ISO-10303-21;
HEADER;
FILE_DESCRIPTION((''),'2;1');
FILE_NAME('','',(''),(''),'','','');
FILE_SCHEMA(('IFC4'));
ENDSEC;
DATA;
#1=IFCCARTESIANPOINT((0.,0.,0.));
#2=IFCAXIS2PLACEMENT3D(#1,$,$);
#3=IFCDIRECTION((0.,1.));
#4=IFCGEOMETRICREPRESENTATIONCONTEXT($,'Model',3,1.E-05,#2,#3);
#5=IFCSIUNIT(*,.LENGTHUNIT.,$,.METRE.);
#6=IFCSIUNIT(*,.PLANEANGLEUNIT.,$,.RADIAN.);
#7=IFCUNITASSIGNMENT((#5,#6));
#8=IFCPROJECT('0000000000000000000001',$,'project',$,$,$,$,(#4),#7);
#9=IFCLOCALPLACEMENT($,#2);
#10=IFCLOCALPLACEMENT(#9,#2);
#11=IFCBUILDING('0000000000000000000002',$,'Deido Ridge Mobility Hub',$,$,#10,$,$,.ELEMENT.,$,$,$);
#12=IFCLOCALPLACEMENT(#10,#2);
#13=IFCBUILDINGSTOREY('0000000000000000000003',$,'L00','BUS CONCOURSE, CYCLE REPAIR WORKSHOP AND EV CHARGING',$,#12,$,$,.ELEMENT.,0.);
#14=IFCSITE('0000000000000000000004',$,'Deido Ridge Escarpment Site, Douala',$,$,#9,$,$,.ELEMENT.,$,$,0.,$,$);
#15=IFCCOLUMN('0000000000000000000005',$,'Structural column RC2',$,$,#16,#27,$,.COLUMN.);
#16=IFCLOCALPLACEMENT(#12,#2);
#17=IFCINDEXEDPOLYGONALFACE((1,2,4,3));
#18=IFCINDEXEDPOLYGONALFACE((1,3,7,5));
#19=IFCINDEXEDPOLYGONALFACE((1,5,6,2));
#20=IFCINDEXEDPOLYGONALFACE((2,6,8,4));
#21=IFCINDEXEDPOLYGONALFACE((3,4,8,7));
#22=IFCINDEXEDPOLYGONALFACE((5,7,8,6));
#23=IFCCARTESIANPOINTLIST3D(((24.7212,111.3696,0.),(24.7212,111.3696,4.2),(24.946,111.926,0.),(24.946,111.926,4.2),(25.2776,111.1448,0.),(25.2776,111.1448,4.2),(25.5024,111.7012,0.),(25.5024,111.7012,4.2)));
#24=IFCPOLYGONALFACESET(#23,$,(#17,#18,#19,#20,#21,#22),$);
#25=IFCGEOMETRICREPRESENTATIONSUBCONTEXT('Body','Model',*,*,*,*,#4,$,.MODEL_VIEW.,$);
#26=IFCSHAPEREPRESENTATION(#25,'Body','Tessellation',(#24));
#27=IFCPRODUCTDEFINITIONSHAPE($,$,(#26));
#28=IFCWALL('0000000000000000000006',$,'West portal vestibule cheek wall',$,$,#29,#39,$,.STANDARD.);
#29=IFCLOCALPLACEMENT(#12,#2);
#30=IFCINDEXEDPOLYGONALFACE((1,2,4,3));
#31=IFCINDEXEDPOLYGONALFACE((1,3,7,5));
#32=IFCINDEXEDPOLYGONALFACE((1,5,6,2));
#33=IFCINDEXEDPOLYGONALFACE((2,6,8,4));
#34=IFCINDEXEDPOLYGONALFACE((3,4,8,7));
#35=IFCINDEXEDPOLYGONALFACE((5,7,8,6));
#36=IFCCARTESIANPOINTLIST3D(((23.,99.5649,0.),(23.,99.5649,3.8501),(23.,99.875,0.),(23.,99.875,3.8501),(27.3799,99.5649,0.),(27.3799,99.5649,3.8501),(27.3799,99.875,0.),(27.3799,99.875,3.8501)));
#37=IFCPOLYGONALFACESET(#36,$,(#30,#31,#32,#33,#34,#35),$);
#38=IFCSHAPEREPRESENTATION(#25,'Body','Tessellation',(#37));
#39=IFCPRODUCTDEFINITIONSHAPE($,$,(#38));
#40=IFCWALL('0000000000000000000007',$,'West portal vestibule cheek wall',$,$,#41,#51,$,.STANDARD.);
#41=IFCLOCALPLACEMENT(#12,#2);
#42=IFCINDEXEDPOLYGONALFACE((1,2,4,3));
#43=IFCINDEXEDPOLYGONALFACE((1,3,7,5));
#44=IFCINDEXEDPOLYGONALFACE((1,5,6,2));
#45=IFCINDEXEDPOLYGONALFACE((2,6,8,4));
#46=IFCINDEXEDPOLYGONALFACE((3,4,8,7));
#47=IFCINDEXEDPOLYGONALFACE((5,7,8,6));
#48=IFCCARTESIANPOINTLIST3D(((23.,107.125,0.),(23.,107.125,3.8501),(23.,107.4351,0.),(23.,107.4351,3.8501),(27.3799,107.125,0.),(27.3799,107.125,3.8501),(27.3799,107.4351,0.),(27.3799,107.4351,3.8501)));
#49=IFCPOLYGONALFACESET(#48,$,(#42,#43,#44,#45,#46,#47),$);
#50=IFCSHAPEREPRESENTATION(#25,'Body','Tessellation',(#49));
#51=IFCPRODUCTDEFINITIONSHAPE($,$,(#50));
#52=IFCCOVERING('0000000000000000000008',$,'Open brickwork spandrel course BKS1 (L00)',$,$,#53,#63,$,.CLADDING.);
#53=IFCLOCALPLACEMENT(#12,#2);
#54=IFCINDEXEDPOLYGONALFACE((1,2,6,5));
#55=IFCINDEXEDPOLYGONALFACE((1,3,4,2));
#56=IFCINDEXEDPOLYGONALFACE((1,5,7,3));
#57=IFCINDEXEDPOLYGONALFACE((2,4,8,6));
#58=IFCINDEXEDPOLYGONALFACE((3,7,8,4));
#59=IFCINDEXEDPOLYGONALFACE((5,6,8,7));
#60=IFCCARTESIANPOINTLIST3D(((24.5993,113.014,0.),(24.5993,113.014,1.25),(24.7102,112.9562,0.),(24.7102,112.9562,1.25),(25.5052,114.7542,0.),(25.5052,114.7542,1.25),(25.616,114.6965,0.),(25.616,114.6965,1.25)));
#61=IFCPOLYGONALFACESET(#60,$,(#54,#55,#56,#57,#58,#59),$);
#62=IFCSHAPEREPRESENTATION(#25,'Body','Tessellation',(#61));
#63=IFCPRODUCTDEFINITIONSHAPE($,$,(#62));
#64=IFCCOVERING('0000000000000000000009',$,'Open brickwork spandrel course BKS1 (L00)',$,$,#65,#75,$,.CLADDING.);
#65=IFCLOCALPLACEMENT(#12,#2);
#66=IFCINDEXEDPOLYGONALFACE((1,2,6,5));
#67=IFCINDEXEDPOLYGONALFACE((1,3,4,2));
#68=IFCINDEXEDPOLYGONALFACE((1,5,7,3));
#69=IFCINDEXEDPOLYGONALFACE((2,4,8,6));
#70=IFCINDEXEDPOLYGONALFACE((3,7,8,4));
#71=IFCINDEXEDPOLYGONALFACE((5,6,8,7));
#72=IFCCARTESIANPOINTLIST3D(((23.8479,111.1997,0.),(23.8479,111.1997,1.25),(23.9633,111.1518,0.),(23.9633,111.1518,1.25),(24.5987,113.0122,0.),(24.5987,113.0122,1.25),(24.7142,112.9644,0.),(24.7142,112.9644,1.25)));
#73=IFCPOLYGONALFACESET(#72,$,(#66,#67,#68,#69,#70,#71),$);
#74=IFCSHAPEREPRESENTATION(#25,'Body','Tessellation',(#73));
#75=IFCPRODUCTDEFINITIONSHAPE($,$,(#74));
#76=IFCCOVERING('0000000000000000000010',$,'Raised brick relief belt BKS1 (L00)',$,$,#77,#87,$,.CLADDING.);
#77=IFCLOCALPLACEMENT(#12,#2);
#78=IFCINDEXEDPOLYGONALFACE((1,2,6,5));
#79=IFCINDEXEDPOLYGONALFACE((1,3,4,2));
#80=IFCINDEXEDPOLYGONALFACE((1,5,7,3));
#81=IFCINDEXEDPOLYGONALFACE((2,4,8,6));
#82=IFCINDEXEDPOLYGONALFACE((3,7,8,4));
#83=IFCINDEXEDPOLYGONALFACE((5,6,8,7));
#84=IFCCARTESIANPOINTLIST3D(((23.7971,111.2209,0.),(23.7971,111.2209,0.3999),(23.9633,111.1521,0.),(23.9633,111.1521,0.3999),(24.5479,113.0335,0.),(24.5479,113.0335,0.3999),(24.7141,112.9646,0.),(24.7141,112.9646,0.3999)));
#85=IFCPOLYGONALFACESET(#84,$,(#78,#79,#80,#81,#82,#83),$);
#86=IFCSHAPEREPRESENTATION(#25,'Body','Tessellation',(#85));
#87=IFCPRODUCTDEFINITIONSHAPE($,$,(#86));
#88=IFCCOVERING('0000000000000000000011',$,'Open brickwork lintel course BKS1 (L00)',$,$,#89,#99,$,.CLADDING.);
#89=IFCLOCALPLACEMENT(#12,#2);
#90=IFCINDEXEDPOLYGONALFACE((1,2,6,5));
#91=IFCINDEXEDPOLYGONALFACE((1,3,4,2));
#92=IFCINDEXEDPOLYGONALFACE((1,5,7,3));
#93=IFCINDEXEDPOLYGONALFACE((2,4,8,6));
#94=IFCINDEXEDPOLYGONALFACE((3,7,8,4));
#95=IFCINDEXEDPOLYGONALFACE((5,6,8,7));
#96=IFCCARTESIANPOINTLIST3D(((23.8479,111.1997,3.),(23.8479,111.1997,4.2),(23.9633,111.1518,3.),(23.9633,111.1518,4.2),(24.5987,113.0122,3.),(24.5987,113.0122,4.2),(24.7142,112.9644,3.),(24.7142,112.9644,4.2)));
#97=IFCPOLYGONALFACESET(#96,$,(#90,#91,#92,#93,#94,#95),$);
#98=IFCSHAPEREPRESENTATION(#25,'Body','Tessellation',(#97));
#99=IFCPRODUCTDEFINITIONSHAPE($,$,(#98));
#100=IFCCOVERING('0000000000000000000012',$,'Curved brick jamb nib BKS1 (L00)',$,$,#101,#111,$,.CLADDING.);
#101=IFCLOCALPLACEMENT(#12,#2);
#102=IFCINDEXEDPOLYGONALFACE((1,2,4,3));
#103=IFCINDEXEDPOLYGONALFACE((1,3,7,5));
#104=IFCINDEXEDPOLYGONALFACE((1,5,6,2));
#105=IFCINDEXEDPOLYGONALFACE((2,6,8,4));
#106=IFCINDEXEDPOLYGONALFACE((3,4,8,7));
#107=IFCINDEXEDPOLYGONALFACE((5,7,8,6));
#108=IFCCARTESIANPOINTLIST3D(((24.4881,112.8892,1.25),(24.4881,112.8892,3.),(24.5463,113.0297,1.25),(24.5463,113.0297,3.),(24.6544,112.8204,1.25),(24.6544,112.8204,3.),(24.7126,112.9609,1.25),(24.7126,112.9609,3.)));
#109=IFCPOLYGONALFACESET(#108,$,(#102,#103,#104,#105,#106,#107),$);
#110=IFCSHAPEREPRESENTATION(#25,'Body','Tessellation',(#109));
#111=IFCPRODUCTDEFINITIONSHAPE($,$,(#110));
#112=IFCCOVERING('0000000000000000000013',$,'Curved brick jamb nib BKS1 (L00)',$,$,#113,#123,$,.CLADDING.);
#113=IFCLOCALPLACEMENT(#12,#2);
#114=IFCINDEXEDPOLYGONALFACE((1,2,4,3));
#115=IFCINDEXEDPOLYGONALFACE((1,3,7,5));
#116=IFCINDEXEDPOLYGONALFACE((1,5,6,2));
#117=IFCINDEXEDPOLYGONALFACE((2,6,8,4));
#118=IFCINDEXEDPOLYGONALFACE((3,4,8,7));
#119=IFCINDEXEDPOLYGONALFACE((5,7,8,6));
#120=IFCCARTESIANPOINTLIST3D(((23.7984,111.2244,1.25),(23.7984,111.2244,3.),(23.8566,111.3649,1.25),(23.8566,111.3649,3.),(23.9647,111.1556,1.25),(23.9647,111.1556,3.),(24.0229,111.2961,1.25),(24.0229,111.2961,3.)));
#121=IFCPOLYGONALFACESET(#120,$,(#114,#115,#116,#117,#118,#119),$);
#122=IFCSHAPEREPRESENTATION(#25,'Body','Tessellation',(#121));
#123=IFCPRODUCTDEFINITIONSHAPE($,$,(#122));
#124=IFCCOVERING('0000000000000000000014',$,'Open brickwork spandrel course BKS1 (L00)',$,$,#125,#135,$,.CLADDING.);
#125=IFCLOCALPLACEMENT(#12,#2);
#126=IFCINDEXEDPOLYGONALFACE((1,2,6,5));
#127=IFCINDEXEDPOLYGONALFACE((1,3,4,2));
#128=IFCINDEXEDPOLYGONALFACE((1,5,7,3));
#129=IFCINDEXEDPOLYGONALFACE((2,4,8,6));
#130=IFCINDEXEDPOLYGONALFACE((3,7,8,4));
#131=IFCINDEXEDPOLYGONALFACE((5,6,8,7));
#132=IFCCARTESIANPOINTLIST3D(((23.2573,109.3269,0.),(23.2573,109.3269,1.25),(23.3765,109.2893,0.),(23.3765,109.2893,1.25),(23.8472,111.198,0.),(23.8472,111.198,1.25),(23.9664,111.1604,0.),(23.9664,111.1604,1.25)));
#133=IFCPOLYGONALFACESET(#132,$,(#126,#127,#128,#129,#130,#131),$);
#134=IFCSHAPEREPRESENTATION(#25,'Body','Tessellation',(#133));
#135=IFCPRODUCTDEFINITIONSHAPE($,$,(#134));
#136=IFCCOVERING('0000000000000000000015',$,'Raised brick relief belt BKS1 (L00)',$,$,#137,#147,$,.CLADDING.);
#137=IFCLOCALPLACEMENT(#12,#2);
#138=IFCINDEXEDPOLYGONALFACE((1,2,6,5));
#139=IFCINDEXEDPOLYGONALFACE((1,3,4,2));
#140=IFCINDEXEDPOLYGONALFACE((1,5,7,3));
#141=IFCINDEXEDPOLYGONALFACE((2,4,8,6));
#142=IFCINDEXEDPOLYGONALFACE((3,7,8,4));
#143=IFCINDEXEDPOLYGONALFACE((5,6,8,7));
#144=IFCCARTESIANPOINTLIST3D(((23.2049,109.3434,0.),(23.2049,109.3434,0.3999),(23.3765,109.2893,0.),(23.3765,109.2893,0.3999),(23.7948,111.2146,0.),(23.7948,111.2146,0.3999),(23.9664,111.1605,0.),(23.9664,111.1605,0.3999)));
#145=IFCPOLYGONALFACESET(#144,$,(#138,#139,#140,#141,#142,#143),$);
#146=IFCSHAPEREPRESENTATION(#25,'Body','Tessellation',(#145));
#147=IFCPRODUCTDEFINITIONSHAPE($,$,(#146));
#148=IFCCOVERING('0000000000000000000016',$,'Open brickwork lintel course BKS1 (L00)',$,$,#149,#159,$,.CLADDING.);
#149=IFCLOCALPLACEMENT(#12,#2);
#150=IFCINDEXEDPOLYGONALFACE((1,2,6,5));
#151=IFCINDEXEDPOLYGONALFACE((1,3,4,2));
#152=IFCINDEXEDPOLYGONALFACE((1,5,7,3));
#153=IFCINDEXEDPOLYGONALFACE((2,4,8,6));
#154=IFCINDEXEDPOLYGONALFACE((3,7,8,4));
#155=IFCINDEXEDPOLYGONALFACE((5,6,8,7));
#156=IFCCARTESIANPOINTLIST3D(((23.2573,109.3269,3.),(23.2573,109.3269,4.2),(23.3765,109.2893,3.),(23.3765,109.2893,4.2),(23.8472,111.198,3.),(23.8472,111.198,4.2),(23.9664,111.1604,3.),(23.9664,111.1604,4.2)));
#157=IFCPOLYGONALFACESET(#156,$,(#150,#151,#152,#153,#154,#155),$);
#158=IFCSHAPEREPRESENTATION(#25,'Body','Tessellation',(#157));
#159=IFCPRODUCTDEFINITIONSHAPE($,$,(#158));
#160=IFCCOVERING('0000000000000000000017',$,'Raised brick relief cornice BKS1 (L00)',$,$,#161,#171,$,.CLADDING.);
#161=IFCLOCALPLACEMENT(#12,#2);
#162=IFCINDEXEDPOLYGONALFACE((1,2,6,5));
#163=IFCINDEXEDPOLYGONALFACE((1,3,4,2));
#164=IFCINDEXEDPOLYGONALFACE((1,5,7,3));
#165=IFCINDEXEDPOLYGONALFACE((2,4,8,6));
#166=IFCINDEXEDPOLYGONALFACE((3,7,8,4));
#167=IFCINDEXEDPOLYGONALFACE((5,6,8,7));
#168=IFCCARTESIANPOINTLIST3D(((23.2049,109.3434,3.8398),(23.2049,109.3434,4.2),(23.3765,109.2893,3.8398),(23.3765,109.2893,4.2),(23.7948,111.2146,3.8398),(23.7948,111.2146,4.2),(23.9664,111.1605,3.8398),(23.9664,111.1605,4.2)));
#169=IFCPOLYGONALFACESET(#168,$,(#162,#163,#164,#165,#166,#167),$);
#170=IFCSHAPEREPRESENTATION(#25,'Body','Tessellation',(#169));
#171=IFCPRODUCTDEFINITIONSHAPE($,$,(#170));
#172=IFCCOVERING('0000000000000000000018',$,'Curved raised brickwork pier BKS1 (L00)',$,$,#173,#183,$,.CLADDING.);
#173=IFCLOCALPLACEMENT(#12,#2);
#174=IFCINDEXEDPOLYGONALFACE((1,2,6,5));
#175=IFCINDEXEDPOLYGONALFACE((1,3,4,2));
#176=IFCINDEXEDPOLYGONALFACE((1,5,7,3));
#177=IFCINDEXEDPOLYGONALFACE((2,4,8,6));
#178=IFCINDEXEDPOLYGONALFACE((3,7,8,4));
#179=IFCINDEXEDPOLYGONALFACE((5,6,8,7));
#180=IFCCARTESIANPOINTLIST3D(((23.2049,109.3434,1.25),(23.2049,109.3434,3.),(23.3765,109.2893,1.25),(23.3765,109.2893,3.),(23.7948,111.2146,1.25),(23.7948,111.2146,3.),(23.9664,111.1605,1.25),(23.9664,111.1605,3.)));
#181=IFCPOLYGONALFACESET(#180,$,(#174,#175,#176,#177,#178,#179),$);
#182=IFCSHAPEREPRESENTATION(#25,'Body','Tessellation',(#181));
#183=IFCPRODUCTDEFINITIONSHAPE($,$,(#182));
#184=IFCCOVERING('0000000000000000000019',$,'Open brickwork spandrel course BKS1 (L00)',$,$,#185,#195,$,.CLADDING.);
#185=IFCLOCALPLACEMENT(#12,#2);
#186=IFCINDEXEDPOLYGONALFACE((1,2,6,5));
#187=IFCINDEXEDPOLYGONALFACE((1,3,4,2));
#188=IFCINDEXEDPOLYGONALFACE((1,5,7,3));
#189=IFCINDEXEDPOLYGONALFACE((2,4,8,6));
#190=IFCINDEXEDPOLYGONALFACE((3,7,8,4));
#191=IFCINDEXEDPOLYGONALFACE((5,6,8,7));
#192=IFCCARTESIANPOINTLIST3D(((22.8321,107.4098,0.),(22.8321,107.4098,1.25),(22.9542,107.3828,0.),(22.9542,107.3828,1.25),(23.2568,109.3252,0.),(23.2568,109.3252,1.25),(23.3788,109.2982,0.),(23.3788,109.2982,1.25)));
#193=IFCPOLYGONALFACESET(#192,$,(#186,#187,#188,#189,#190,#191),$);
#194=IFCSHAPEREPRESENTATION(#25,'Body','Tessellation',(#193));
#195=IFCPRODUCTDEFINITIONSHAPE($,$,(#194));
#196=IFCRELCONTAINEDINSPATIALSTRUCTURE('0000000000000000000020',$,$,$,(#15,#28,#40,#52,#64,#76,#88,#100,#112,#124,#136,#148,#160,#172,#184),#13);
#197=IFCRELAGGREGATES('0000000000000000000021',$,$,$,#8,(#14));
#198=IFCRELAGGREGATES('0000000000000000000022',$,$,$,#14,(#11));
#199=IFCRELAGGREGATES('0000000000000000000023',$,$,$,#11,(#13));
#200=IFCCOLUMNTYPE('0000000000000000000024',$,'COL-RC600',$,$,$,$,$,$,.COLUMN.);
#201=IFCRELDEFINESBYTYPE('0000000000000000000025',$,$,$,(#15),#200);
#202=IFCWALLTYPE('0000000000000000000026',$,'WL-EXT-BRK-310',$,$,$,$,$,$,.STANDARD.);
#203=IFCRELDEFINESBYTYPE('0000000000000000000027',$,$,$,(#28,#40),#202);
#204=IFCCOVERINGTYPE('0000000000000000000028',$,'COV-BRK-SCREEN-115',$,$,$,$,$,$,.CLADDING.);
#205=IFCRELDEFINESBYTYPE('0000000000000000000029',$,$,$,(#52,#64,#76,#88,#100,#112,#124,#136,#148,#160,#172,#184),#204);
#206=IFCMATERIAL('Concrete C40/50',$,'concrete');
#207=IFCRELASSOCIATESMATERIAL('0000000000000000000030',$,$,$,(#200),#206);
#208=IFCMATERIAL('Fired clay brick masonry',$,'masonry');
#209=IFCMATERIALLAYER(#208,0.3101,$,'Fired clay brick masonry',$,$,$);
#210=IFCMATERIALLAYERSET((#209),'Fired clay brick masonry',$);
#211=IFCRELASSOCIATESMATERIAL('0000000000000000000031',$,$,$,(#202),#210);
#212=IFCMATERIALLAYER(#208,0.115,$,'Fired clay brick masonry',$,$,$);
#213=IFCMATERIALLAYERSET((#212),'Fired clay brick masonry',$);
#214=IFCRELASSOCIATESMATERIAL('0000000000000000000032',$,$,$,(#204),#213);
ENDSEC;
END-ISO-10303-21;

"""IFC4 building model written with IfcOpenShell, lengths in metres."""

from ifc_helpers import new_model, si_unit, direction, frame, frame_2d, origin, origin_2d, place, context, subcontext, project, spatial, rectangle, extrude, material, layer, layer_set, material_profile, profile_set, type_object, element, save


model = new_model("IFC4")

# Units and contexts
model_context = context("Model", 3, precision=1e-05, world=origin(), true_north=direction((0.0, 1.0)))
body_context = subcontext(model_context, "Body", "Model", "MODEL_VIEW")
ifc_project = project(units=[si_unit("LENGTHUNIT", "METRE"), si_unit("PLANEANGLEUNIT", "RADIAN")], contexts=[model_context])

# Site, building, storey
site_placement = place(None, origin())
site = spatial("IfcSite", under=ifc_project, at=site_placement, Name="Deido Ridge Escarpment Site, Douala", CompositionType="ELEMENT", RefElevation=0.0)
building_placement = place(site_placement, origin())
building = spatial("IfcBuilding", under=site, at=building_placement, Name="Deido Ridge Mobility Hub", CompositionType="ELEMENT")
storey_placement = place(building_placement, origin())
storey = spatial("IfcBuildingStorey", under=building, at=storey_placement, Name="L00", Description="BUS CONCOURSE, CYCLE REPAIR WORKSHOP AND EV CHARGING", CompositionType="ELEMENT", Elevation=0.0)

# Column
ifc_material_1 = material(Name="Concrete C40/50", Category="concrete")
ifc_material_profile = material_profile(ifc_material_1, rectangle(XDim=0.6001, YDim=0.6001, at=origin_2d()), Name="RC COL 600x600")
ifc_profile_set = profile_set([ifc_material_profile], Name="Concrete C40/50")
column_type = type_object("IfcColumnType", Name="COL-RC600", PredefinedType="COLUMN", material=ifc_profile_set)
column_placement = place(storey_placement, frame((25.1118, 111.5354, 0.0), z_axis=(0.0, 0.0, 1.0), x_axis=(-0.927184, 0.374607, 0.0)))
element("IfcColumn", 1, at=column_placement, inside=storey, type_object=column_type, Name="Structural column RC2", PredefinedType="COLUMN", context=body_context, shape_type="SweptSolid", body=[
    extrude(rectangle(XDim=0.6001, YDim=0.6001, at=origin_2d()), origin(), (0.0, 0.0, 1.0), 4.2),
])

# Walls
ifc_material_2 = material(Name="Fired clay brick masonry", Category="masonry")
ifc_layer_1 = layer(ifc_material_2, 0.3101, Name="Fired clay brick masonry")
ifc_layer_set_1 = layer_set([ifc_layer_1], Name="Fired clay brick masonry")
wall_type_1 = type_object("IfcWallType", Name="WL-EXT-BRK-310", PredefinedType="STANDARD", material=ifc_layer_set_1)
for number, where, z_axis, x_axis, name in (
    (2, (23.0, 99.72, 0.0), (0.0, 0.0, 1.0), (1.0, 0.0, 0.0), "West portal vestibule cheek wall"),
    (3, (23.0, 107.28, 0.0), (0.0, 0.0, 1.0), (1.0, 0.0, 0.0), "West portal vestibule cheek wall"),
):
    element("IfcWall", number, at=place(storey_placement, frame(where, z_axis=z_axis, x_axis=x_axis)), inside=storey, type_object=wall_type_1, Name=name, PredefinedType="STANDARD", context=body_context, shape_type="SweptSolid", body=[
        extrude(rectangle(XDim=4.3799, YDim=0.3101, at=frame_2d((2.1899, 0.0))), origin(), (0.0, 0.0, 1.0), 3.8501),
    ])

# Coverings
ifc_layer_2 = layer(ifc_material_2, 0.115, Name="Fired clay brick masonry")
ifc_layer_set_2 = layer_set([ifc_layer_2], Name="Fired clay brick masonry")
covering_type = type_object("IfcCoveringType", Name="COV-BRK-SCREEN-115", PredefinedType="CLADDING", material=ifc_layer_set_2)
for number, where, z_axis, x_axis, name in (
    (4, (25.1077, 113.8552, 0.0), (0.0, 0.0, 1.0), (-0.461733, -0.887019, 0.0), "Open brickwork spandrel course BKS1 (L00)"),
    (5, (24.281, 112.082, 0.0), (0.0, 0.0, 1.0), (-0.3827, -0.923873, 0.0), "Open brickwork spandrel course BKS1 (L00)"),
):
    element("IfcCovering", number, at=place(storey_placement, frame(where, z_axis=z_axis, x_axis=x_axis)), inside=storey, type_object=covering_type, Name=name, PredefinedType="CLADDING", context=body_context, shape_type="SweptSolid", body=[
        extrude(rectangle(XDim=1.9619, YDim=0.125, at=origin_2d()), origin(), (0.0, 0.0, 1.0), 1.25),
    ])
covering_1_placement = place(storey_placement, frame((24.2556, 112.0928, 0.0), z_axis=(0.0, 0.0, 1.0), x_axis=(-0.3827, -0.923873, 0.0)))
element("IfcCovering", 6, at=covering_1_placement, inside=storey, type_object=covering_type, Name="Raised brick relief belt BKS1 (L00)", PredefinedType="CLADDING", context=body_context, shape_type="SweptSolid", body=[
    extrude(rectangle(XDim=1.9619, YDim=0.1799, at=origin_2d()), origin(), (0.0, 0.0, 1.0), 0.3999),
])
covering_2_placement = place(storey_placement, frame((24.281, 112.082, 3.0), z_axis=(0.0, 0.0, 1.0), x_axis=(-0.3827, -0.923873, 0.0)))
element("IfcCovering", 7, at=covering_2_placement, inside=storey, type_object=covering_type, Name="Open brickwork lintel course BKS1 (L00)", PredefinedType="CLADDING", context=body_context, shape_type="SweptSolid", body=[
    extrude(rectangle(XDim=1.9619, YDim=0.125, at=origin_2d()), origin(), (0.0, 0.0, 1.0), 1.2),
])
for number, where, z_axis, x_axis, name in (
    (8, (24.6003, 112.925, 1.25), (0.0, 0.0, 1.0), (-0.3827, -0.923873, 0.0), "Curved brick jamb nib BKS1 (L00)"),
    (9, (23.9106, 111.2603, 1.25), (0.0, 0.0, 1.0), (-0.3827, -0.923873, 0.0), "Curved brick jamb nib BKS1 (L00)"),
):
    element("IfcCovering", number, at=place(storey_placement, frame(where, z_axis=z_axis, x_axis=x_axis)), inside=storey, type_object=covering_type, Name=name, PredefinedType="CLADDING", context=body_context, shape_type="SweptSolid", body=[
        extrude(rectangle(XDim=0.1521, YDim=0.1799, at=origin_2d()), origin(), (0.0, 0.0, 1.0), 1.75),
    ])
covering_3_placement = place(storey_placement, frame((23.6118, 110.2437, 0.0), z_axis=(0.0, 0.0, 1.0), x_axis=(-0.300673, -0.953727, 0.0)))
element("IfcCovering", 10, at=covering_3_placement, inside=storey, type_object=covering_type, Name="Open brickwork spandrel course BKS1 (L00)", PredefinedType="CLADDING", context=body_context, shape_type="SweptSolid", body=[
    extrude(rectangle(XDim=1.9619, YDim=0.125, at=origin_2d()), origin(), (0.0, 0.0, 1.0), 1.25),
])
covering_4_placement = place(storey_placement, frame((23.5857, 110.252, 0.0), z_axis=(0.0, 0.0, 1.0), x_axis=(-0.300673, -0.953727, 0.0)))
element("IfcCovering", 11, at=covering_4_placement, inside=storey, type_object=covering_type, Name="Raised brick relief belt BKS1 (L00)", PredefinedType="CLADDING", context=body_context, shape_type="SweptSolid", body=[
    extrude(rectangle(XDim=1.9619, YDim=0.1799, at=origin_2d()), origin(), (0.0, 0.0, 1.0), 0.3999),
])
covering_5_placement = place(storey_placement, frame((23.6118, 110.2437, 3.0), z_axis=(0.0, 0.0, 1.0), x_axis=(-0.300673, -0.953727, 0.0)))
element("IfcCovering", 12, at=covering_5_placement, inside=storey, type_object=covering_type, Name="Open brickwork lintel course BKS1 (L00)", PredefinedType="CLADDING", context=body_context, shape_type="SweptSolid", body=[
    extrude(rectangle(XDim=1.9619, YDim=0.125, at=origin_2d()), origin(), (0.0, 0.0, 1.0), 1.2),
])
covering_6_placement = place(storey_placement, frame((23.5857, 110.252, 3.8398), z_axis=(0.0, 0.0, 1.0), x_axis=(-0.300673, -0.953727, 0.0)))
element("IfcCovering", 13, at=covering_6_placement, inside=storey, type_object=covering_type, Name="Raised brick relief cornice BKS1 (L00)", PredefinedType="CLADDING", context=body_context, shape_type="SweptSolid", body=[
    extrude(rectangle(XDim=1.9619, YDim=0.1799, at=origin_2d()), origin(), (0.0, 0.0, 1.0), 0.3601),
])
covering_7_placement = place(storey_placement, frame((23.5857, 110.252, 1.25), z_axis=(0.0, 0.0, 1.0), x_axis=(-0.300673, -0.953727, 0.0)))
element("IfcCovering", 14, at=covering_7_placement, inside=storey, type_object=covering_type, Name="Curved raised brickwork pier BKS1 (L00)", PredefinedType="CLADDING", context=body_context, shape_type="SweptSolid", body=[
    extrude(rectangle(XDim=1.9619, YDim=0.1799, at=origin_2d()), origin(), (0.0, 0.0, 1.0), 1.75),
])
covering_8_placement = place(storey_placement, frame((23.1055, 108.354, 0.0), z_axis=(0.0, 0.0, 1.0), x_axis=(-0.216457, -0.976292, 0.0)))
element("IfcCovering", 15, at=covering_8_placement, inside=storey, type_object=covering_type, Name="Open brickwork spandrel course BKS1 (L00)", PredefinedType="CLADDING", context=body_context, shape_type="SweptSolid", body=[
    extrude(rectangle(XDim=1.9619, YDim=0.125, at=origin_2d()), origin(), (0.0, 0.0, 1.0), 1.25),
])

save(model, "model.ifc")
